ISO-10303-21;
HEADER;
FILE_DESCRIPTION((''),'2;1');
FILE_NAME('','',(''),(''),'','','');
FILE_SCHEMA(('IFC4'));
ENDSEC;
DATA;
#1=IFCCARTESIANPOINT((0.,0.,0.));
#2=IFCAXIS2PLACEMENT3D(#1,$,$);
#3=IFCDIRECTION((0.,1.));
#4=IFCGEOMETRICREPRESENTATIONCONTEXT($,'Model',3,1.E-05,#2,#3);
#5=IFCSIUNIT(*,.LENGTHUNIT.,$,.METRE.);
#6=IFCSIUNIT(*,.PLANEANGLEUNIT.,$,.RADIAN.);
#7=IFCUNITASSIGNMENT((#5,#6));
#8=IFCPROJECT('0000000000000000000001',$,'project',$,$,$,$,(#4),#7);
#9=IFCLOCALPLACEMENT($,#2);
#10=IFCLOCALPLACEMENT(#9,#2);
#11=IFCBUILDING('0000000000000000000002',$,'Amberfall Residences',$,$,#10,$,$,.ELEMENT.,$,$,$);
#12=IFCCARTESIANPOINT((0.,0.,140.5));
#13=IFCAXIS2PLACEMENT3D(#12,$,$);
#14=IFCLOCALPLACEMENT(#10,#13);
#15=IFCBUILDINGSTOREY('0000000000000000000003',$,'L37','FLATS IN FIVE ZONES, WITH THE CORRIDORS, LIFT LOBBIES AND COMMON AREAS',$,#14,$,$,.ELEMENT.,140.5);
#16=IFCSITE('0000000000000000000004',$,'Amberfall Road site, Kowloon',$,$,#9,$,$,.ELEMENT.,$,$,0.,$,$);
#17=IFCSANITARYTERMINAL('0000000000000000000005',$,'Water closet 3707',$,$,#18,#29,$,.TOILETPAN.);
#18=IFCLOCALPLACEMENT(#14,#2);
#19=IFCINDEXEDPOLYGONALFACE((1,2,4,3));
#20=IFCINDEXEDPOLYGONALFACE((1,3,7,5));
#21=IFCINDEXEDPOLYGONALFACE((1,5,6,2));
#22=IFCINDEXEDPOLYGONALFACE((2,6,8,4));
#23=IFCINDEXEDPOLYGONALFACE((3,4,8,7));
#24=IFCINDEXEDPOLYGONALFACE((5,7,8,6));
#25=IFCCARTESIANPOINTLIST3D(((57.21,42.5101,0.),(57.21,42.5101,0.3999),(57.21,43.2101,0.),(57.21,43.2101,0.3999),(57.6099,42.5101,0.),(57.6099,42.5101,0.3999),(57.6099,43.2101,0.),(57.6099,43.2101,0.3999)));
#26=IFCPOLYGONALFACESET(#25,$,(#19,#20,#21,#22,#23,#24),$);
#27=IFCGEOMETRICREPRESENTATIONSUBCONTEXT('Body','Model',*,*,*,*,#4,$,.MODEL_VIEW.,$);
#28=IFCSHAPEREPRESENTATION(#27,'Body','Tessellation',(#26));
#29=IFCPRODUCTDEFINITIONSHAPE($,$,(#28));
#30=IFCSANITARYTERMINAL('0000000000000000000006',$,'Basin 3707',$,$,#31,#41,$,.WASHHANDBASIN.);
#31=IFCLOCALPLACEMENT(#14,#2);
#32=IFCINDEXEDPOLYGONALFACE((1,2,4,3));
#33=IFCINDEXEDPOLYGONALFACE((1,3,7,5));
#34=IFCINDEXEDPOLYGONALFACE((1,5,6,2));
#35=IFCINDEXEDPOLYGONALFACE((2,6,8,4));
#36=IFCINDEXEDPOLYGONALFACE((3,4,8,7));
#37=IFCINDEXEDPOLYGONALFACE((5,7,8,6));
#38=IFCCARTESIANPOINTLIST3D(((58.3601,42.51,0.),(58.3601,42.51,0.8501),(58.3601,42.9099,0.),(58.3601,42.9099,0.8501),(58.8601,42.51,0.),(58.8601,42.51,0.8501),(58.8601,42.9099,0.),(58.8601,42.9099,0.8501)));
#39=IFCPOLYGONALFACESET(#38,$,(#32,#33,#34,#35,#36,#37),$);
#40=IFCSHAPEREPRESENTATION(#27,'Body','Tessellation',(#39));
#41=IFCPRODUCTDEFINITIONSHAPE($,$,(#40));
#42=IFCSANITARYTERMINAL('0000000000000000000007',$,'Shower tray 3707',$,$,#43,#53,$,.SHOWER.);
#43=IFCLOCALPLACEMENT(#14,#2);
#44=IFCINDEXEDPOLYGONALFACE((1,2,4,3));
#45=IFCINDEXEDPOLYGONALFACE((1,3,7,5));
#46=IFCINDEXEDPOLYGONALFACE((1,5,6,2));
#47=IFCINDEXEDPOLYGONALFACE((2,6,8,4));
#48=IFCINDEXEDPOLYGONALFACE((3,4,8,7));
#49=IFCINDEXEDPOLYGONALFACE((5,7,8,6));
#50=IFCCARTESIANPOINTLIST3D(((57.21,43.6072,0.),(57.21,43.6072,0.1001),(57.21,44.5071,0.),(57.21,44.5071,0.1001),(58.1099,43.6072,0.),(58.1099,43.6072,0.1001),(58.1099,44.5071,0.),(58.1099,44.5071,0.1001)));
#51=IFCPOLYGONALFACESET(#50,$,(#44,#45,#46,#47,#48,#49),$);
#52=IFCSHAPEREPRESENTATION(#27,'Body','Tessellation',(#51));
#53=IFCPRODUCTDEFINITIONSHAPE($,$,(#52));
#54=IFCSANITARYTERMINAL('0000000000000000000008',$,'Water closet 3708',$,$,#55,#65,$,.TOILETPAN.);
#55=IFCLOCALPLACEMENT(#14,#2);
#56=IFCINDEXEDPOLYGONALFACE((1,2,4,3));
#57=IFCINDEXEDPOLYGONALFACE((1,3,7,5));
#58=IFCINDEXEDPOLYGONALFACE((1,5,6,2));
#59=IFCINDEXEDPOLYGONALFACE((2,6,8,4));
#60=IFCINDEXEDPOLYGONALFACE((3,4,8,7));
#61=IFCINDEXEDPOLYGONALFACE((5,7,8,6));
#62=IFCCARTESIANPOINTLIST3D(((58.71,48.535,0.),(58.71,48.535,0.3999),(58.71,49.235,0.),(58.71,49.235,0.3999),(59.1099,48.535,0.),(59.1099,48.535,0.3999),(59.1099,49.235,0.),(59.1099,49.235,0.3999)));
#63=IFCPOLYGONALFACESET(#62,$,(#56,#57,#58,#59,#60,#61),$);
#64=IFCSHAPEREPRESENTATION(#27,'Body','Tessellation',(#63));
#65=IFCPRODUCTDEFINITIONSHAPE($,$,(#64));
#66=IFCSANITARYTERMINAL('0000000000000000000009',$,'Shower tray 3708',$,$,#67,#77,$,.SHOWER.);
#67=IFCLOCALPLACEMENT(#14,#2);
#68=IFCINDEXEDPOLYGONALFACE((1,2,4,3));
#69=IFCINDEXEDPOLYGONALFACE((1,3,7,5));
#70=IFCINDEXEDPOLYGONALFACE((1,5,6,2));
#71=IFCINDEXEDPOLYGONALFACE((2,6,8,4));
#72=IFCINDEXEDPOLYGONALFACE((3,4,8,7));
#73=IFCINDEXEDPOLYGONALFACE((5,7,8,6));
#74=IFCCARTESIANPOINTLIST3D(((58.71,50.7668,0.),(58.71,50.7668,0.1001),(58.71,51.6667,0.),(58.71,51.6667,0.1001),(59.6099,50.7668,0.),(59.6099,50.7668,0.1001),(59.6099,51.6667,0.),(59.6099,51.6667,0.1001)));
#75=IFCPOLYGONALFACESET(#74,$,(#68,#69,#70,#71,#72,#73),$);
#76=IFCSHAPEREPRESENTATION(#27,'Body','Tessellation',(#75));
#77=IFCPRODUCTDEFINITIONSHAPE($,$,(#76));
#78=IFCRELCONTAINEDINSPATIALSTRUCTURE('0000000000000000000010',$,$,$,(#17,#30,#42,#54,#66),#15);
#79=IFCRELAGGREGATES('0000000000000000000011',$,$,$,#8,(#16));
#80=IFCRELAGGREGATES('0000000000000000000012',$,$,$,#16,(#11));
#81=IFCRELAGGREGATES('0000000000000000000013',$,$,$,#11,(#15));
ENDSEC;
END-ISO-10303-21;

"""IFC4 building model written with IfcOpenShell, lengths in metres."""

from ifc_helpers import new_model, si_unit, direction, frame, origin, origin_2d, place, context, subcontext, project, spatial, rectangle, extrude, element, save


model = new_model("IFC4")

# Units and contexts
model_context = context("Model", 3, precision=1e-05, world=origin(), true_north=direction((0.0, 1.0)))
body_context = subcontext(model_context, "Body", "Model", "MODEL_VIEW")
ifc_project = project(units=[si_unit("LENGTHUNIT", "METRE"), si_unit("PLANEANGLEUNIT", "RADIAN")], contexts=[model_context])

# Site, building, storey
site_placement = place(None, origin())
site = spatial("IfcSite", under=ifc_project, at=site_placement, Name="Amberfall Road site, Kowloon", CompositionType="ELEMENT", RefElevation=0.0)
building_placement = place(site_placement, origin())
building = spatial("IfcBuilding", under=site, at=building_placement, Name="Amberfall Residences", CompositionType="ELEMENT")
storey_placement = place(building_placement, frame((0.0, 0.0, 140.5)))
storey = spatial("IfcBuildingStorey", under=building, at=storey_placement, Name="L37", Description="FLATS IN FIVE ZONES, WITH THE CORRIDORS, LIFT LOBBIES AND COMMON AREAS", CompositionType="ELEMENT", Elevation=140.5)

# Sanitary terminals
sanitary_terminal_1_placement = place(storey_placement, frame((57.4099, 42.8601, 0.0), z_axis=(0.0, 0.0, 1.0), x_axis=(1.0, 0.0, 0.0)))
element("IfcSanitaryTerminal", 1, at=sanitary_terminal_1_placement, inside=storey, Name="Water closet 3707", PredefinedType="TOILETPAN", context=body_context, shape_type="SweptSolid", body=[
    extrude(rectangle(XDim=0.3999, YDim=0.7, at=origin_2d()), origin(), (0.0, 0.0, 1.0), 0.3999),
])
sanitary_terminal_2_placement = place(storey_placement, frame((58.6101, 42.71, 0.0), z_axis=(0.0, 0.0, 1.0), x_axis=(1.0, 0.0, 0.0)))
element("IfcSanitaryTerminal", 2, at=sanitary_terminal_2_placement, inside=storey, Name="Basin 3707", PredefinedType="WASHHANDBASIN", context=body_context, shape_type="SweptSolid", body=[
    extrude(rectangle(XDim=0.5, YDim=0.3999, at=origin_2d()), origin(), (0.0, 0.0, 1.0), 0.8501),
])
sanitary_terminal_3_placement = place(storey_placement, frame((57.6599, 44.0571, 0.0), z_axis=(0.0, 0.0, 1.0), x_axis=(1.0, 0.0, 0.0)))
element("IfcSanitaryTerminal", 3, at=sanitary_terminal_3_placement, inside=storey, Name="Shower tray 3707", PredefinedType="SHOWER", context=body_context, shape_type="SweptSolid", body=[
    extrude(rectangle(XDim=0.8999, YDim=0.8999, at=origin_2d()), origin(), (0.0, 0.0, 1.0), 0.1001),
])
sanitary_terminal_4_placement = place(storey_placement, frame((58.9099, 48.885, 0.0), z_axis=(0.0, 0.0, 1.0), x_axis=(1.0, 0.0, 0.0)))
element("IfcSanitaryTerminal", 4, at=sanitary_terminal_4_placement, inside=storey, Name="Water closet 3708", PredefinedType="TOILETPAN", context=body_context, shape_type="SweptSolid", body=[
    extrude(rectangle(XDim=0.3999, YDim=0.7, at=origin_2d()), origin(), (0.0, 0.0, 1.0), 0.3999),
])
sanitary_terminal_5_placement = place(storey_placement, frame((59.1599, 51.2168, 0.0), z_axis=(0.0, 0.0, 1.0), x_axis=(1.0, 0.0, 0.0)))
element("IfcSanitaryTerminal", 5, at=sanitary_terminal_5_placement, inside=storey, Name="Shower tray 3708", PredefinedType="SHOWER", context=body_context, shape_type="SweptSolid", body=[
    extrude(rectangle(XDim=0.8999, YDim=0.8999, at=origin_2d()), origin(), (0.0, 0.0, 1.0), 0.1001),
])

save(model, "model.ifc")
